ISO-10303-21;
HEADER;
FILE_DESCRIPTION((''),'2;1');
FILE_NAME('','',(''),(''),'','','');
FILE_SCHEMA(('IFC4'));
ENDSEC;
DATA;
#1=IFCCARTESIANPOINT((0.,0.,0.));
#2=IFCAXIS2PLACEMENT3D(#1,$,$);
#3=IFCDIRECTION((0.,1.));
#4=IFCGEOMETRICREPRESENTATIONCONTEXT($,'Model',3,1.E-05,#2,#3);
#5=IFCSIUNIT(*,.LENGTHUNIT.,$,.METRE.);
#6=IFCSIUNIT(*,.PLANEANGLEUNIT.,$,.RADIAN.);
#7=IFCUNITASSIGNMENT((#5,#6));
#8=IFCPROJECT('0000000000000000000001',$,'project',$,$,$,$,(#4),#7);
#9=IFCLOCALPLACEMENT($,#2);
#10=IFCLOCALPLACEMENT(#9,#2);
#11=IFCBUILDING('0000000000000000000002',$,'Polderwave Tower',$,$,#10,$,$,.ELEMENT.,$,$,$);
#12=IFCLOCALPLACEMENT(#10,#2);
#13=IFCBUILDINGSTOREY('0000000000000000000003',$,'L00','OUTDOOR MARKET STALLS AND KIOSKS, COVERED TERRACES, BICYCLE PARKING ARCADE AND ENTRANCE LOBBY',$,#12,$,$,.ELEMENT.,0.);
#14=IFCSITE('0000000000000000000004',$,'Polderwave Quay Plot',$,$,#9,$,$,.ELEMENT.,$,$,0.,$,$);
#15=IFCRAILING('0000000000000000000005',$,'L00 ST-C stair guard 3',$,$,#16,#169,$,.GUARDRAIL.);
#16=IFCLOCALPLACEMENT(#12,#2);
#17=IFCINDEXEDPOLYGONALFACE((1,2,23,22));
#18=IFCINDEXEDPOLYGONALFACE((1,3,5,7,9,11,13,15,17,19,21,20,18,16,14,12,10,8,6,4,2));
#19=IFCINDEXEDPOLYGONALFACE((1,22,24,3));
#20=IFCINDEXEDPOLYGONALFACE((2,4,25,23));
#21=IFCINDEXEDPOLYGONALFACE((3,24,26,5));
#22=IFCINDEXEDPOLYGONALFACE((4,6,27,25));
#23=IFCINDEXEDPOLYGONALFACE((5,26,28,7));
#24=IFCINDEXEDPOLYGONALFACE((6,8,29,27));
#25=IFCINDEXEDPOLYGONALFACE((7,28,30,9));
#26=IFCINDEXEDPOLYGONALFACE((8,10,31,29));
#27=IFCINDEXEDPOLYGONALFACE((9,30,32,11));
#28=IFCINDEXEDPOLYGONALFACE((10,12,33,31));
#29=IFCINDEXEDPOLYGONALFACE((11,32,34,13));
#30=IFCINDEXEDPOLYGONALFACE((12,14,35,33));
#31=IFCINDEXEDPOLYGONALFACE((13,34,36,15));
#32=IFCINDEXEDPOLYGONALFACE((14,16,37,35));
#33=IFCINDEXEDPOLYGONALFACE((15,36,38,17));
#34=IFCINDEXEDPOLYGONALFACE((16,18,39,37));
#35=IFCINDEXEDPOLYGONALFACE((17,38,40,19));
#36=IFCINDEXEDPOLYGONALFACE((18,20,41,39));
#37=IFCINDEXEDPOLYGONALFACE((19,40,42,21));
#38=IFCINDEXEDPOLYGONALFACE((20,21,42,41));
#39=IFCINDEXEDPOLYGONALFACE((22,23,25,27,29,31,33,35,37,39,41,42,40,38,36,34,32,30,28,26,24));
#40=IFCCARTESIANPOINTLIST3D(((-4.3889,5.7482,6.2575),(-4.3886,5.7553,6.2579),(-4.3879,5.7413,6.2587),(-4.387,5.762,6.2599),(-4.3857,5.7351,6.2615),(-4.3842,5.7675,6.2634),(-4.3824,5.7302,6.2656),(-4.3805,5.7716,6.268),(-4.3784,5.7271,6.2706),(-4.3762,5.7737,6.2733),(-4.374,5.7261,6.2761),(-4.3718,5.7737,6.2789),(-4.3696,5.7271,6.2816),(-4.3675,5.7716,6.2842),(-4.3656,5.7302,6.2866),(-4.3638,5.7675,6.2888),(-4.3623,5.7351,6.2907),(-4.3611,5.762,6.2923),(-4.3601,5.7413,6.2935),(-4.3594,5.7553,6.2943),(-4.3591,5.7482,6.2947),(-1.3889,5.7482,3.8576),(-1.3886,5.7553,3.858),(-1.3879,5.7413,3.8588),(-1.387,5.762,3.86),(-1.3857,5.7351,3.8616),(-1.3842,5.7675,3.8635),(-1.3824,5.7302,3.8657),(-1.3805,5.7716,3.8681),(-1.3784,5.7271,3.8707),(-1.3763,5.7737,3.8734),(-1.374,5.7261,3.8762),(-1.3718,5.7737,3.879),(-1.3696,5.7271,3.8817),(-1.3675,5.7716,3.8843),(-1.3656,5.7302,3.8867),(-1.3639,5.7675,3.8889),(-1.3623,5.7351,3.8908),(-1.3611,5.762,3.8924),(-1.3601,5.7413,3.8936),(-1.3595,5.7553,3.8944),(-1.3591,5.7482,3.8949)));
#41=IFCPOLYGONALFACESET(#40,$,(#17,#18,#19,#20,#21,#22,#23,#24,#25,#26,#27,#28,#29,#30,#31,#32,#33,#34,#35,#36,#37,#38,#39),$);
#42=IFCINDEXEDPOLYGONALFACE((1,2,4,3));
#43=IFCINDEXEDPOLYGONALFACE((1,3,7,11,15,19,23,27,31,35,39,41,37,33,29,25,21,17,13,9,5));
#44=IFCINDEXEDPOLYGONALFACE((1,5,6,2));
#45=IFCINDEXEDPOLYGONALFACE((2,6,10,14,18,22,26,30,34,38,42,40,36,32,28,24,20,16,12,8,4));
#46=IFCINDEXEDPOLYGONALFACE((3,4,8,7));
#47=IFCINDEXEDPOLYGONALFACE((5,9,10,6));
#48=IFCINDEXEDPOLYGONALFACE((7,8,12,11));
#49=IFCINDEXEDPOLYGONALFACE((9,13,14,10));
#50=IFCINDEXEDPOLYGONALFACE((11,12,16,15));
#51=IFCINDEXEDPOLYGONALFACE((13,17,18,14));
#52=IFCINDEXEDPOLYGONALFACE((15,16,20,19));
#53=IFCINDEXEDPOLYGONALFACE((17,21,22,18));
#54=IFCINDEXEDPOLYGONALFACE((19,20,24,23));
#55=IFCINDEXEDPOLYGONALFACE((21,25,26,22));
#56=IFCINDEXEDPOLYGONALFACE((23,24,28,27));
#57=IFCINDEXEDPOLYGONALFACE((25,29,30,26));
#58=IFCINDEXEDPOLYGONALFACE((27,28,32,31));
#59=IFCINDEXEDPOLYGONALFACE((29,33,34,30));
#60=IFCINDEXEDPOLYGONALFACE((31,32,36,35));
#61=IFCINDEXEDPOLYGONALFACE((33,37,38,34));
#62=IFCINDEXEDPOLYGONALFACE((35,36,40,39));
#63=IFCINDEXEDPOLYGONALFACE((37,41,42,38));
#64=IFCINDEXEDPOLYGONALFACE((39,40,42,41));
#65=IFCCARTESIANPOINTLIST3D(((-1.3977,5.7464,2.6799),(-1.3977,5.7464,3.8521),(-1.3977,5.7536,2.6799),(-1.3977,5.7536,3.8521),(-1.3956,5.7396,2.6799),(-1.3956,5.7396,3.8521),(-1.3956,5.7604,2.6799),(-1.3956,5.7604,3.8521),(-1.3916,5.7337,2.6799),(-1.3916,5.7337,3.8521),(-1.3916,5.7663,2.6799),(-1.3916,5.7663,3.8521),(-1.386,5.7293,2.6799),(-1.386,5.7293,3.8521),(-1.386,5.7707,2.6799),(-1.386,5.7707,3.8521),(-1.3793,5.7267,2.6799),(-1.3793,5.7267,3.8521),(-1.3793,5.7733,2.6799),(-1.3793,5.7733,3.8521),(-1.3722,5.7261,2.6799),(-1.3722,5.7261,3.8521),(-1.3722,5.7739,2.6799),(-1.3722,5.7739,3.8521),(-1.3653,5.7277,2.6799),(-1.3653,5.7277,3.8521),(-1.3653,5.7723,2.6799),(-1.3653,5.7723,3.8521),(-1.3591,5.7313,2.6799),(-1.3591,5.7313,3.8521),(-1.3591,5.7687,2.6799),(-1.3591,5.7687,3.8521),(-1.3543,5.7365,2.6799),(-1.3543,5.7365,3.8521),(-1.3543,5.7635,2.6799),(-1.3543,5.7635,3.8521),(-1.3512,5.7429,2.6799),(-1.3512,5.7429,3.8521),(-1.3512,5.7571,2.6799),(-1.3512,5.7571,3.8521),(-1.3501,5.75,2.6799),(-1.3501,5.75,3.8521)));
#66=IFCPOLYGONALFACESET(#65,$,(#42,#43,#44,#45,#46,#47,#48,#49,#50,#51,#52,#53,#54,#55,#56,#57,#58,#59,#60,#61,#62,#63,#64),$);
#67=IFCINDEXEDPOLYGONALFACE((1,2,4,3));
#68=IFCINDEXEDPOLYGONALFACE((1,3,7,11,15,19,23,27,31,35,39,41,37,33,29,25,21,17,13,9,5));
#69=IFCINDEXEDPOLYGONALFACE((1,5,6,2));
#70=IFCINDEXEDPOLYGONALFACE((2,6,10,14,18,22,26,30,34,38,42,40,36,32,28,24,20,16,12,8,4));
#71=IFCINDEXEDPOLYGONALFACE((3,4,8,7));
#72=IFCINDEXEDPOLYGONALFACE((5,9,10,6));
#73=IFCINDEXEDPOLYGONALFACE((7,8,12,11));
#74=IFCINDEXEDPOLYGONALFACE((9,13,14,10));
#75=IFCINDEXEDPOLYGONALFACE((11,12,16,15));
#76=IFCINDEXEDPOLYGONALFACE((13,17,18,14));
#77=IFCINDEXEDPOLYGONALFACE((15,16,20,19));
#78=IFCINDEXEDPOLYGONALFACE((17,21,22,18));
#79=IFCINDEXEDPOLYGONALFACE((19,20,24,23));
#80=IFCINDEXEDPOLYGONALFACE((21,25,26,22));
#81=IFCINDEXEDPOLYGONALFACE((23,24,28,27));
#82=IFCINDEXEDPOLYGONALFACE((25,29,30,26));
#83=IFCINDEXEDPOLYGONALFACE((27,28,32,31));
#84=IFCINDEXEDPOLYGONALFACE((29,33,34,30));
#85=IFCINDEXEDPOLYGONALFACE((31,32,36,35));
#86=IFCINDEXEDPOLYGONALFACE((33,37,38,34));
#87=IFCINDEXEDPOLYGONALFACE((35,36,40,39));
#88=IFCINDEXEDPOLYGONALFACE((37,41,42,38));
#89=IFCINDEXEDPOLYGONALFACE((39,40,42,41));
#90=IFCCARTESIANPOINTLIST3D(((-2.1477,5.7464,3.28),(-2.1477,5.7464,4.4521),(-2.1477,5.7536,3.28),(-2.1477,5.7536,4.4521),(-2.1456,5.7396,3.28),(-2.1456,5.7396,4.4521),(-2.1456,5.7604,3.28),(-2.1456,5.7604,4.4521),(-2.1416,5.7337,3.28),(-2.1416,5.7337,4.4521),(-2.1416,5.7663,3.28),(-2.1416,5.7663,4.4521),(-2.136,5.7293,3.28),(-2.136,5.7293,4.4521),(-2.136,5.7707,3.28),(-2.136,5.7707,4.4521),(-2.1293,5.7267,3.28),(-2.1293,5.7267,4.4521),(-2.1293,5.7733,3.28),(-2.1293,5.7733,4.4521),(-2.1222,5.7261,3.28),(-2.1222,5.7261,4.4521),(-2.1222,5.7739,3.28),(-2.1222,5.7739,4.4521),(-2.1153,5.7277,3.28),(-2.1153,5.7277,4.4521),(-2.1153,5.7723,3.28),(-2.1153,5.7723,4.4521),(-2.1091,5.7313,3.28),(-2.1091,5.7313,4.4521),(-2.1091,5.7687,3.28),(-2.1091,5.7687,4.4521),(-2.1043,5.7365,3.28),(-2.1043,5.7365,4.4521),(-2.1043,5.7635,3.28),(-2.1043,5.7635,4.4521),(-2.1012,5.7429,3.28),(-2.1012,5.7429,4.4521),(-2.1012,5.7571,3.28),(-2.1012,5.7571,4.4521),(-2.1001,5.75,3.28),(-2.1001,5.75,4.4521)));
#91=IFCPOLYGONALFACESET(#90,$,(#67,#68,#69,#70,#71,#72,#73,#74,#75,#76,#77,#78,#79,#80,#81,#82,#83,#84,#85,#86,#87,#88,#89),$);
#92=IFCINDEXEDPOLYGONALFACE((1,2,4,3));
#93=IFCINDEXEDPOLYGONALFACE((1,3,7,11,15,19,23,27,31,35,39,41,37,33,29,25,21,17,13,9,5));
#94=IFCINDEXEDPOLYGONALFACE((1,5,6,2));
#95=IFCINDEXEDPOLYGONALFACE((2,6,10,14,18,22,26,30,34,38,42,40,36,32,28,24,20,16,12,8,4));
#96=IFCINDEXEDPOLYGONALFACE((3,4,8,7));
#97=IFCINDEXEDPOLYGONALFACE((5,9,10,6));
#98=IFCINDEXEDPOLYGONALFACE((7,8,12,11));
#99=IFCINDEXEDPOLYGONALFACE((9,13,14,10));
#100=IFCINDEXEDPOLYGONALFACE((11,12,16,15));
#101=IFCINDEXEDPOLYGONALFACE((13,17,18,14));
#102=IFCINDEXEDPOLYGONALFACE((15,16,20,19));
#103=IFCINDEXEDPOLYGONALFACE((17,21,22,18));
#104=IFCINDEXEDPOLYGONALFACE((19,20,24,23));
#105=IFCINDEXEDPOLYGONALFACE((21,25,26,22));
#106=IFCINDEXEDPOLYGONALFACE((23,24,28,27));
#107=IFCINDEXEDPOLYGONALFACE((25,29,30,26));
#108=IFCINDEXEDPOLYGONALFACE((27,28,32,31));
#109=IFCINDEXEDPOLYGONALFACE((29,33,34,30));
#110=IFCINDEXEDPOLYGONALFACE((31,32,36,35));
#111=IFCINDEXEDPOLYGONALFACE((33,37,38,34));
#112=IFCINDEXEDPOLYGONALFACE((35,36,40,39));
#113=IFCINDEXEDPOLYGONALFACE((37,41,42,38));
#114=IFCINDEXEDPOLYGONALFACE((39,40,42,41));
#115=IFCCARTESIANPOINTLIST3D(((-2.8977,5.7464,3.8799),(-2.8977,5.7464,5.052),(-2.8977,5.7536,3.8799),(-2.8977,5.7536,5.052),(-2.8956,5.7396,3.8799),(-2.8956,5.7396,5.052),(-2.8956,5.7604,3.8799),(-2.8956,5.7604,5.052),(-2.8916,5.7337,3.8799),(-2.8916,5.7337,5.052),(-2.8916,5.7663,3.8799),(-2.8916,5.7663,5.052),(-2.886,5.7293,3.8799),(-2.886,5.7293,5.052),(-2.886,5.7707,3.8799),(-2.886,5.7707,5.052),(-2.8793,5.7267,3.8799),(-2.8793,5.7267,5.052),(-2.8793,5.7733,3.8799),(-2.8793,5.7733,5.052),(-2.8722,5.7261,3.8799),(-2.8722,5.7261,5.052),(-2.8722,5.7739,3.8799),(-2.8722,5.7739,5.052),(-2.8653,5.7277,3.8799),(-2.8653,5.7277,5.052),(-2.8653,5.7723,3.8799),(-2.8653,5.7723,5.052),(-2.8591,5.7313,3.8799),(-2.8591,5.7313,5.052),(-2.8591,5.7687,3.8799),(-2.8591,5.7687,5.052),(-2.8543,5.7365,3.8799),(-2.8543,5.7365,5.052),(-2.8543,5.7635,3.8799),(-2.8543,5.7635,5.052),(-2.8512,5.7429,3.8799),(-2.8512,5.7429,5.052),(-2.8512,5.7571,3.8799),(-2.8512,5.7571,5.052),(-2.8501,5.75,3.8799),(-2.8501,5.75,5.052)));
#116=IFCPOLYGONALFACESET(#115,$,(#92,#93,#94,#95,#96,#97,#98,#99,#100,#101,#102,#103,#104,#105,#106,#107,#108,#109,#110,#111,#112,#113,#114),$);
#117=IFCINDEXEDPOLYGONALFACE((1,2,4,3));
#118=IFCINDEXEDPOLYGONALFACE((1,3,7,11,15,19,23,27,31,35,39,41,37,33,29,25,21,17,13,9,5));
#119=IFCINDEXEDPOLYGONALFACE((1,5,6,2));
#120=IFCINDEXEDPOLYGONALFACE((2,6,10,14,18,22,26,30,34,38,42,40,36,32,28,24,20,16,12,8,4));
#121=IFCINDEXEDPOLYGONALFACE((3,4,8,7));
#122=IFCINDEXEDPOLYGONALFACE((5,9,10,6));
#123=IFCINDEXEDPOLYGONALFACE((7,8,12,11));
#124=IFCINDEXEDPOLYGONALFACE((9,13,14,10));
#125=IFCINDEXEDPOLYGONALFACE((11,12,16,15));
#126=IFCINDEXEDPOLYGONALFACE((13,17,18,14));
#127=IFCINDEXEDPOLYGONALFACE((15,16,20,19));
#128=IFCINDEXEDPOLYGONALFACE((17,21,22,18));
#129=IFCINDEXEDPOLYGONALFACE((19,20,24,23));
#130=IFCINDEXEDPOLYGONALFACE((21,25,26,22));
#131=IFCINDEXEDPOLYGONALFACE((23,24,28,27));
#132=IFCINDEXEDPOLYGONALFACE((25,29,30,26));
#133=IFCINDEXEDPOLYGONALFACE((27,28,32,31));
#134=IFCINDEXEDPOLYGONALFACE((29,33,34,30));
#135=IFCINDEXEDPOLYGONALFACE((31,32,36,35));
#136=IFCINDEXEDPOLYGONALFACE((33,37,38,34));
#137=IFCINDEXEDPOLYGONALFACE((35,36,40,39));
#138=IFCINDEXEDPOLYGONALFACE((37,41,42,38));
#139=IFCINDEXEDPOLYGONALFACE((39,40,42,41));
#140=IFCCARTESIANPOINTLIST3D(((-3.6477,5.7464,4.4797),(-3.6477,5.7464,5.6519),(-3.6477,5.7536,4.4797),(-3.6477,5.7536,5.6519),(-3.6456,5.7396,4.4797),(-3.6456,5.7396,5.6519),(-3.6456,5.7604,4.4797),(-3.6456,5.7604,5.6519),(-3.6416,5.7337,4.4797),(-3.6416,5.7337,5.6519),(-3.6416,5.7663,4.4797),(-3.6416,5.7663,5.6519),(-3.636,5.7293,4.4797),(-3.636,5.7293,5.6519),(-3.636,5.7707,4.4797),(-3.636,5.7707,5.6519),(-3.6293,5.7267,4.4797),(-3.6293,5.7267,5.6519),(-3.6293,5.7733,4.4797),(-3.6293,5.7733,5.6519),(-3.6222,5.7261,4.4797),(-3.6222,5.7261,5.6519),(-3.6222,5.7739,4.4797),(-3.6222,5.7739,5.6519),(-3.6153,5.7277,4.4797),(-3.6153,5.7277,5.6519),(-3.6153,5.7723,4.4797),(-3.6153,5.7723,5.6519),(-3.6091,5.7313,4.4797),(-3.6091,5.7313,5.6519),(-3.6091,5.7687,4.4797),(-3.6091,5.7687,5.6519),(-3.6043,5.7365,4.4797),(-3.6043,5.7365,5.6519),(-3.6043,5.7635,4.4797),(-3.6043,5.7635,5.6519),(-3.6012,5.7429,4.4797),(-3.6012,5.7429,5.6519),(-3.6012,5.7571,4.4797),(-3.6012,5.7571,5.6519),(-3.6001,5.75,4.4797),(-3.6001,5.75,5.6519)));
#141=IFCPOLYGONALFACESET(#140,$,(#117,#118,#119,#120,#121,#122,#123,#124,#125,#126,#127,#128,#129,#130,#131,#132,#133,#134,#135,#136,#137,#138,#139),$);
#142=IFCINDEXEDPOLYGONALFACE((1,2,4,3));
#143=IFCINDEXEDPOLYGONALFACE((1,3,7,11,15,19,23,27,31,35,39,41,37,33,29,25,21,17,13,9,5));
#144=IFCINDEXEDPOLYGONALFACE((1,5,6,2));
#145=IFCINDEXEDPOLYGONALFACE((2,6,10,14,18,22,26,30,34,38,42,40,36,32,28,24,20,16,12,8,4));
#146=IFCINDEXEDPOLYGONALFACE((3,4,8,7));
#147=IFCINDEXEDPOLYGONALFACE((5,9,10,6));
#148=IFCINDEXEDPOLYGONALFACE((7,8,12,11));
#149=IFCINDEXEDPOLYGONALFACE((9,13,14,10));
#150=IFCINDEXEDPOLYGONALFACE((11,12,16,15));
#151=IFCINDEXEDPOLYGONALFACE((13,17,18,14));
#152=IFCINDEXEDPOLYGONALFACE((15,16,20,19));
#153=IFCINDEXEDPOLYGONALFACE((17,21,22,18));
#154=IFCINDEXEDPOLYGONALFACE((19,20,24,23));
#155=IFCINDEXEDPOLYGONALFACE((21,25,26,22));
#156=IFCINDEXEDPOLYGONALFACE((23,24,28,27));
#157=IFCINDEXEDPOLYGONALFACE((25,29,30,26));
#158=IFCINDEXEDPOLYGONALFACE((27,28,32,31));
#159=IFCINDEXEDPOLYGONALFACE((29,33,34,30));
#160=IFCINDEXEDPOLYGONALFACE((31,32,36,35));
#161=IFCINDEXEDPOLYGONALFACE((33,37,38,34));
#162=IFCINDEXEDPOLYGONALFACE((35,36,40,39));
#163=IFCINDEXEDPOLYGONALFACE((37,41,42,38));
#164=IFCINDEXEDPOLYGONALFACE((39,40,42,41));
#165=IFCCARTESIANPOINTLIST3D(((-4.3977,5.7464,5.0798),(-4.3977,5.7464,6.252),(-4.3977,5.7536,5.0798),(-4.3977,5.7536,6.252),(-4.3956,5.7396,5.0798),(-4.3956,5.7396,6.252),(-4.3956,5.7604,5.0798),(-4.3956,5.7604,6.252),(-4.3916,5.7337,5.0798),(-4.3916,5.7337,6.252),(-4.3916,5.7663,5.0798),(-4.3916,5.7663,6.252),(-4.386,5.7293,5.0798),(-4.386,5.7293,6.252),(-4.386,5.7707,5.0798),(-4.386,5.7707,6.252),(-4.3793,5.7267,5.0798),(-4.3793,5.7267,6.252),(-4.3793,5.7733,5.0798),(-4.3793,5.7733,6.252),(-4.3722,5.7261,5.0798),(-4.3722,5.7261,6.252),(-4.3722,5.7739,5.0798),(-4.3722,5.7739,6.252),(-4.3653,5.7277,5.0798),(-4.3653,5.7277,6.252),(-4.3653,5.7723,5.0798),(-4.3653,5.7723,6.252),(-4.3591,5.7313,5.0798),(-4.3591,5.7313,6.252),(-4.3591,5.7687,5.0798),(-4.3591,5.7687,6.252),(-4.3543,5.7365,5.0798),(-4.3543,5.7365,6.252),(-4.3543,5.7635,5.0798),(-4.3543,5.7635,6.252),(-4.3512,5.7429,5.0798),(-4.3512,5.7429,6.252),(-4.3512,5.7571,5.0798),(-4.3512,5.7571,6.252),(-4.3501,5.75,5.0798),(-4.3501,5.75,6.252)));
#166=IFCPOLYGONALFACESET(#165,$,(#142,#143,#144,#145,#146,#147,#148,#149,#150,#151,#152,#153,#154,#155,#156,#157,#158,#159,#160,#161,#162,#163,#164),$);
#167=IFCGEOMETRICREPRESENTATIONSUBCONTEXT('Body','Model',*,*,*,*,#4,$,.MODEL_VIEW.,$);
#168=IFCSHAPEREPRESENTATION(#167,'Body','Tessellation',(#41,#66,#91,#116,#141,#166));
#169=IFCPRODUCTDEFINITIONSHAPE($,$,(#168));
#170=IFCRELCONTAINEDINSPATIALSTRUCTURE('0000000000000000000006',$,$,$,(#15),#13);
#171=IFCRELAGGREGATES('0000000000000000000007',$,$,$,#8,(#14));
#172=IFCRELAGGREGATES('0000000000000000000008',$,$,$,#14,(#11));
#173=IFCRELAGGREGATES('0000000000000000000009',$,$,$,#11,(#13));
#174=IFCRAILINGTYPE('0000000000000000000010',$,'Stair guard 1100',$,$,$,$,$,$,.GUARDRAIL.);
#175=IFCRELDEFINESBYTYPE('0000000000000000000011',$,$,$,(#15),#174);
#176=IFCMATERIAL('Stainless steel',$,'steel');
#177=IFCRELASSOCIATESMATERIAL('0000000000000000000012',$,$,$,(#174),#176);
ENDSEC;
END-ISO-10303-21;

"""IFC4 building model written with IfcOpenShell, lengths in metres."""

from ifc_helpers import new_model, si_unit, direction, frame, origin, origin_2d, place, context, subcontext, project, spatial, circle, extrude, material, type_object, element, save


model = new_model("IFC4")

# Units and contexts
model_context = context("Model", 3, precision=1e-05, world=origin(), true_north=direction((0.0, 1.0)))
body_context = subcontext(model_context, "Body", "Model", "MODEL_VIEW")
ifc_project = project(units=[si_unit("LENGTHUNIT", "METRE"), si_unit("PLANEANGLEUNIT", "RADIAN")], contexts=[model_context])

# Site, building, storey
site_placement = place(None, origin())
site = spatial("IfcSite", under=ifc_project, at=site_placement, Name="Polderwave Quay Plot", CompositionType="ELEMENT", RefElevation=0.0)
building_placement = place(site_placement, origin())
building = spatial("IfcBuilding", under=site, at=building_placement, Name="Polderwave Tower", CompositionType="ELEMENT")
storey_placement = place(building_placement, origin())
storey = spatial("IfcBuildingStorey", under=building, at=storey_placement, Name="L00", Description="OUTDOOR MARKET STALLS AND KIOSKS, COVERED TERRACES, BICYCLE PARKING ARCADE AND ENTRANCE LOBBY", CompositionType="ELEMENT", Elevation=0.0)

# Railing
ifc_material_1 = material(Name="Stainless steel", Category="steel")
railing_type_1 = type_object("IfcRailingType", Name="Stair guard 1100", PredefinedType="GUARDRAIL", material=ifc_material_1)
railing_1_placement = place(storey_placement, frame((-1.374, 5.75, 2.6799)))
element("IfcRailing", 1, at=railing_1_placement, inside=storey, type_object=railing_type_1, Name="L00 ST-C stair guard 3", PredefinedType="GUARDRAIL", context=body_context, shape_type="SweptSolid", body=[
    extrude(circle(Radius=0.0239, at=origin_2d()), frame((0.0, 0.0, 1.1963), z_axis=(-0.780881, 0.0, 0.62468), x_axis=(0.0, -1.0, 0.0)), (0.0, 0.0, 1.0), 3.8418),
    extrude(circle(Radius=0.0239, at=origin_2d()), origin(), (0.0, 0.0, 1.0), 1.1721),
    extrude(circle(Radius=0.0239, at=origin_2d()), frame((-0.75, 0.0, 0.6001)), (0.0, 0.0, 1.0), 1.1721),
    extrude(circle(Radius=0.0239, at=origin_2d()), frame((-1.5, 0.0, 1.2)), (0.0, 0.0, 1.0), 1.1721),
    extrude(circle(Radius=0.0239, at=origin_2d()), frame((-2.25, 0.0, 1.7998)), (0.0, 0.0, 1.0), 1.1721),
    extrude(circle(Radius=0.0239, at=origin_2d()), frame((-3.0, 0.0, 2.3999)), (0.0, 0.0, 1.0), 1.1721),
])

save(model, "model.ifc")
